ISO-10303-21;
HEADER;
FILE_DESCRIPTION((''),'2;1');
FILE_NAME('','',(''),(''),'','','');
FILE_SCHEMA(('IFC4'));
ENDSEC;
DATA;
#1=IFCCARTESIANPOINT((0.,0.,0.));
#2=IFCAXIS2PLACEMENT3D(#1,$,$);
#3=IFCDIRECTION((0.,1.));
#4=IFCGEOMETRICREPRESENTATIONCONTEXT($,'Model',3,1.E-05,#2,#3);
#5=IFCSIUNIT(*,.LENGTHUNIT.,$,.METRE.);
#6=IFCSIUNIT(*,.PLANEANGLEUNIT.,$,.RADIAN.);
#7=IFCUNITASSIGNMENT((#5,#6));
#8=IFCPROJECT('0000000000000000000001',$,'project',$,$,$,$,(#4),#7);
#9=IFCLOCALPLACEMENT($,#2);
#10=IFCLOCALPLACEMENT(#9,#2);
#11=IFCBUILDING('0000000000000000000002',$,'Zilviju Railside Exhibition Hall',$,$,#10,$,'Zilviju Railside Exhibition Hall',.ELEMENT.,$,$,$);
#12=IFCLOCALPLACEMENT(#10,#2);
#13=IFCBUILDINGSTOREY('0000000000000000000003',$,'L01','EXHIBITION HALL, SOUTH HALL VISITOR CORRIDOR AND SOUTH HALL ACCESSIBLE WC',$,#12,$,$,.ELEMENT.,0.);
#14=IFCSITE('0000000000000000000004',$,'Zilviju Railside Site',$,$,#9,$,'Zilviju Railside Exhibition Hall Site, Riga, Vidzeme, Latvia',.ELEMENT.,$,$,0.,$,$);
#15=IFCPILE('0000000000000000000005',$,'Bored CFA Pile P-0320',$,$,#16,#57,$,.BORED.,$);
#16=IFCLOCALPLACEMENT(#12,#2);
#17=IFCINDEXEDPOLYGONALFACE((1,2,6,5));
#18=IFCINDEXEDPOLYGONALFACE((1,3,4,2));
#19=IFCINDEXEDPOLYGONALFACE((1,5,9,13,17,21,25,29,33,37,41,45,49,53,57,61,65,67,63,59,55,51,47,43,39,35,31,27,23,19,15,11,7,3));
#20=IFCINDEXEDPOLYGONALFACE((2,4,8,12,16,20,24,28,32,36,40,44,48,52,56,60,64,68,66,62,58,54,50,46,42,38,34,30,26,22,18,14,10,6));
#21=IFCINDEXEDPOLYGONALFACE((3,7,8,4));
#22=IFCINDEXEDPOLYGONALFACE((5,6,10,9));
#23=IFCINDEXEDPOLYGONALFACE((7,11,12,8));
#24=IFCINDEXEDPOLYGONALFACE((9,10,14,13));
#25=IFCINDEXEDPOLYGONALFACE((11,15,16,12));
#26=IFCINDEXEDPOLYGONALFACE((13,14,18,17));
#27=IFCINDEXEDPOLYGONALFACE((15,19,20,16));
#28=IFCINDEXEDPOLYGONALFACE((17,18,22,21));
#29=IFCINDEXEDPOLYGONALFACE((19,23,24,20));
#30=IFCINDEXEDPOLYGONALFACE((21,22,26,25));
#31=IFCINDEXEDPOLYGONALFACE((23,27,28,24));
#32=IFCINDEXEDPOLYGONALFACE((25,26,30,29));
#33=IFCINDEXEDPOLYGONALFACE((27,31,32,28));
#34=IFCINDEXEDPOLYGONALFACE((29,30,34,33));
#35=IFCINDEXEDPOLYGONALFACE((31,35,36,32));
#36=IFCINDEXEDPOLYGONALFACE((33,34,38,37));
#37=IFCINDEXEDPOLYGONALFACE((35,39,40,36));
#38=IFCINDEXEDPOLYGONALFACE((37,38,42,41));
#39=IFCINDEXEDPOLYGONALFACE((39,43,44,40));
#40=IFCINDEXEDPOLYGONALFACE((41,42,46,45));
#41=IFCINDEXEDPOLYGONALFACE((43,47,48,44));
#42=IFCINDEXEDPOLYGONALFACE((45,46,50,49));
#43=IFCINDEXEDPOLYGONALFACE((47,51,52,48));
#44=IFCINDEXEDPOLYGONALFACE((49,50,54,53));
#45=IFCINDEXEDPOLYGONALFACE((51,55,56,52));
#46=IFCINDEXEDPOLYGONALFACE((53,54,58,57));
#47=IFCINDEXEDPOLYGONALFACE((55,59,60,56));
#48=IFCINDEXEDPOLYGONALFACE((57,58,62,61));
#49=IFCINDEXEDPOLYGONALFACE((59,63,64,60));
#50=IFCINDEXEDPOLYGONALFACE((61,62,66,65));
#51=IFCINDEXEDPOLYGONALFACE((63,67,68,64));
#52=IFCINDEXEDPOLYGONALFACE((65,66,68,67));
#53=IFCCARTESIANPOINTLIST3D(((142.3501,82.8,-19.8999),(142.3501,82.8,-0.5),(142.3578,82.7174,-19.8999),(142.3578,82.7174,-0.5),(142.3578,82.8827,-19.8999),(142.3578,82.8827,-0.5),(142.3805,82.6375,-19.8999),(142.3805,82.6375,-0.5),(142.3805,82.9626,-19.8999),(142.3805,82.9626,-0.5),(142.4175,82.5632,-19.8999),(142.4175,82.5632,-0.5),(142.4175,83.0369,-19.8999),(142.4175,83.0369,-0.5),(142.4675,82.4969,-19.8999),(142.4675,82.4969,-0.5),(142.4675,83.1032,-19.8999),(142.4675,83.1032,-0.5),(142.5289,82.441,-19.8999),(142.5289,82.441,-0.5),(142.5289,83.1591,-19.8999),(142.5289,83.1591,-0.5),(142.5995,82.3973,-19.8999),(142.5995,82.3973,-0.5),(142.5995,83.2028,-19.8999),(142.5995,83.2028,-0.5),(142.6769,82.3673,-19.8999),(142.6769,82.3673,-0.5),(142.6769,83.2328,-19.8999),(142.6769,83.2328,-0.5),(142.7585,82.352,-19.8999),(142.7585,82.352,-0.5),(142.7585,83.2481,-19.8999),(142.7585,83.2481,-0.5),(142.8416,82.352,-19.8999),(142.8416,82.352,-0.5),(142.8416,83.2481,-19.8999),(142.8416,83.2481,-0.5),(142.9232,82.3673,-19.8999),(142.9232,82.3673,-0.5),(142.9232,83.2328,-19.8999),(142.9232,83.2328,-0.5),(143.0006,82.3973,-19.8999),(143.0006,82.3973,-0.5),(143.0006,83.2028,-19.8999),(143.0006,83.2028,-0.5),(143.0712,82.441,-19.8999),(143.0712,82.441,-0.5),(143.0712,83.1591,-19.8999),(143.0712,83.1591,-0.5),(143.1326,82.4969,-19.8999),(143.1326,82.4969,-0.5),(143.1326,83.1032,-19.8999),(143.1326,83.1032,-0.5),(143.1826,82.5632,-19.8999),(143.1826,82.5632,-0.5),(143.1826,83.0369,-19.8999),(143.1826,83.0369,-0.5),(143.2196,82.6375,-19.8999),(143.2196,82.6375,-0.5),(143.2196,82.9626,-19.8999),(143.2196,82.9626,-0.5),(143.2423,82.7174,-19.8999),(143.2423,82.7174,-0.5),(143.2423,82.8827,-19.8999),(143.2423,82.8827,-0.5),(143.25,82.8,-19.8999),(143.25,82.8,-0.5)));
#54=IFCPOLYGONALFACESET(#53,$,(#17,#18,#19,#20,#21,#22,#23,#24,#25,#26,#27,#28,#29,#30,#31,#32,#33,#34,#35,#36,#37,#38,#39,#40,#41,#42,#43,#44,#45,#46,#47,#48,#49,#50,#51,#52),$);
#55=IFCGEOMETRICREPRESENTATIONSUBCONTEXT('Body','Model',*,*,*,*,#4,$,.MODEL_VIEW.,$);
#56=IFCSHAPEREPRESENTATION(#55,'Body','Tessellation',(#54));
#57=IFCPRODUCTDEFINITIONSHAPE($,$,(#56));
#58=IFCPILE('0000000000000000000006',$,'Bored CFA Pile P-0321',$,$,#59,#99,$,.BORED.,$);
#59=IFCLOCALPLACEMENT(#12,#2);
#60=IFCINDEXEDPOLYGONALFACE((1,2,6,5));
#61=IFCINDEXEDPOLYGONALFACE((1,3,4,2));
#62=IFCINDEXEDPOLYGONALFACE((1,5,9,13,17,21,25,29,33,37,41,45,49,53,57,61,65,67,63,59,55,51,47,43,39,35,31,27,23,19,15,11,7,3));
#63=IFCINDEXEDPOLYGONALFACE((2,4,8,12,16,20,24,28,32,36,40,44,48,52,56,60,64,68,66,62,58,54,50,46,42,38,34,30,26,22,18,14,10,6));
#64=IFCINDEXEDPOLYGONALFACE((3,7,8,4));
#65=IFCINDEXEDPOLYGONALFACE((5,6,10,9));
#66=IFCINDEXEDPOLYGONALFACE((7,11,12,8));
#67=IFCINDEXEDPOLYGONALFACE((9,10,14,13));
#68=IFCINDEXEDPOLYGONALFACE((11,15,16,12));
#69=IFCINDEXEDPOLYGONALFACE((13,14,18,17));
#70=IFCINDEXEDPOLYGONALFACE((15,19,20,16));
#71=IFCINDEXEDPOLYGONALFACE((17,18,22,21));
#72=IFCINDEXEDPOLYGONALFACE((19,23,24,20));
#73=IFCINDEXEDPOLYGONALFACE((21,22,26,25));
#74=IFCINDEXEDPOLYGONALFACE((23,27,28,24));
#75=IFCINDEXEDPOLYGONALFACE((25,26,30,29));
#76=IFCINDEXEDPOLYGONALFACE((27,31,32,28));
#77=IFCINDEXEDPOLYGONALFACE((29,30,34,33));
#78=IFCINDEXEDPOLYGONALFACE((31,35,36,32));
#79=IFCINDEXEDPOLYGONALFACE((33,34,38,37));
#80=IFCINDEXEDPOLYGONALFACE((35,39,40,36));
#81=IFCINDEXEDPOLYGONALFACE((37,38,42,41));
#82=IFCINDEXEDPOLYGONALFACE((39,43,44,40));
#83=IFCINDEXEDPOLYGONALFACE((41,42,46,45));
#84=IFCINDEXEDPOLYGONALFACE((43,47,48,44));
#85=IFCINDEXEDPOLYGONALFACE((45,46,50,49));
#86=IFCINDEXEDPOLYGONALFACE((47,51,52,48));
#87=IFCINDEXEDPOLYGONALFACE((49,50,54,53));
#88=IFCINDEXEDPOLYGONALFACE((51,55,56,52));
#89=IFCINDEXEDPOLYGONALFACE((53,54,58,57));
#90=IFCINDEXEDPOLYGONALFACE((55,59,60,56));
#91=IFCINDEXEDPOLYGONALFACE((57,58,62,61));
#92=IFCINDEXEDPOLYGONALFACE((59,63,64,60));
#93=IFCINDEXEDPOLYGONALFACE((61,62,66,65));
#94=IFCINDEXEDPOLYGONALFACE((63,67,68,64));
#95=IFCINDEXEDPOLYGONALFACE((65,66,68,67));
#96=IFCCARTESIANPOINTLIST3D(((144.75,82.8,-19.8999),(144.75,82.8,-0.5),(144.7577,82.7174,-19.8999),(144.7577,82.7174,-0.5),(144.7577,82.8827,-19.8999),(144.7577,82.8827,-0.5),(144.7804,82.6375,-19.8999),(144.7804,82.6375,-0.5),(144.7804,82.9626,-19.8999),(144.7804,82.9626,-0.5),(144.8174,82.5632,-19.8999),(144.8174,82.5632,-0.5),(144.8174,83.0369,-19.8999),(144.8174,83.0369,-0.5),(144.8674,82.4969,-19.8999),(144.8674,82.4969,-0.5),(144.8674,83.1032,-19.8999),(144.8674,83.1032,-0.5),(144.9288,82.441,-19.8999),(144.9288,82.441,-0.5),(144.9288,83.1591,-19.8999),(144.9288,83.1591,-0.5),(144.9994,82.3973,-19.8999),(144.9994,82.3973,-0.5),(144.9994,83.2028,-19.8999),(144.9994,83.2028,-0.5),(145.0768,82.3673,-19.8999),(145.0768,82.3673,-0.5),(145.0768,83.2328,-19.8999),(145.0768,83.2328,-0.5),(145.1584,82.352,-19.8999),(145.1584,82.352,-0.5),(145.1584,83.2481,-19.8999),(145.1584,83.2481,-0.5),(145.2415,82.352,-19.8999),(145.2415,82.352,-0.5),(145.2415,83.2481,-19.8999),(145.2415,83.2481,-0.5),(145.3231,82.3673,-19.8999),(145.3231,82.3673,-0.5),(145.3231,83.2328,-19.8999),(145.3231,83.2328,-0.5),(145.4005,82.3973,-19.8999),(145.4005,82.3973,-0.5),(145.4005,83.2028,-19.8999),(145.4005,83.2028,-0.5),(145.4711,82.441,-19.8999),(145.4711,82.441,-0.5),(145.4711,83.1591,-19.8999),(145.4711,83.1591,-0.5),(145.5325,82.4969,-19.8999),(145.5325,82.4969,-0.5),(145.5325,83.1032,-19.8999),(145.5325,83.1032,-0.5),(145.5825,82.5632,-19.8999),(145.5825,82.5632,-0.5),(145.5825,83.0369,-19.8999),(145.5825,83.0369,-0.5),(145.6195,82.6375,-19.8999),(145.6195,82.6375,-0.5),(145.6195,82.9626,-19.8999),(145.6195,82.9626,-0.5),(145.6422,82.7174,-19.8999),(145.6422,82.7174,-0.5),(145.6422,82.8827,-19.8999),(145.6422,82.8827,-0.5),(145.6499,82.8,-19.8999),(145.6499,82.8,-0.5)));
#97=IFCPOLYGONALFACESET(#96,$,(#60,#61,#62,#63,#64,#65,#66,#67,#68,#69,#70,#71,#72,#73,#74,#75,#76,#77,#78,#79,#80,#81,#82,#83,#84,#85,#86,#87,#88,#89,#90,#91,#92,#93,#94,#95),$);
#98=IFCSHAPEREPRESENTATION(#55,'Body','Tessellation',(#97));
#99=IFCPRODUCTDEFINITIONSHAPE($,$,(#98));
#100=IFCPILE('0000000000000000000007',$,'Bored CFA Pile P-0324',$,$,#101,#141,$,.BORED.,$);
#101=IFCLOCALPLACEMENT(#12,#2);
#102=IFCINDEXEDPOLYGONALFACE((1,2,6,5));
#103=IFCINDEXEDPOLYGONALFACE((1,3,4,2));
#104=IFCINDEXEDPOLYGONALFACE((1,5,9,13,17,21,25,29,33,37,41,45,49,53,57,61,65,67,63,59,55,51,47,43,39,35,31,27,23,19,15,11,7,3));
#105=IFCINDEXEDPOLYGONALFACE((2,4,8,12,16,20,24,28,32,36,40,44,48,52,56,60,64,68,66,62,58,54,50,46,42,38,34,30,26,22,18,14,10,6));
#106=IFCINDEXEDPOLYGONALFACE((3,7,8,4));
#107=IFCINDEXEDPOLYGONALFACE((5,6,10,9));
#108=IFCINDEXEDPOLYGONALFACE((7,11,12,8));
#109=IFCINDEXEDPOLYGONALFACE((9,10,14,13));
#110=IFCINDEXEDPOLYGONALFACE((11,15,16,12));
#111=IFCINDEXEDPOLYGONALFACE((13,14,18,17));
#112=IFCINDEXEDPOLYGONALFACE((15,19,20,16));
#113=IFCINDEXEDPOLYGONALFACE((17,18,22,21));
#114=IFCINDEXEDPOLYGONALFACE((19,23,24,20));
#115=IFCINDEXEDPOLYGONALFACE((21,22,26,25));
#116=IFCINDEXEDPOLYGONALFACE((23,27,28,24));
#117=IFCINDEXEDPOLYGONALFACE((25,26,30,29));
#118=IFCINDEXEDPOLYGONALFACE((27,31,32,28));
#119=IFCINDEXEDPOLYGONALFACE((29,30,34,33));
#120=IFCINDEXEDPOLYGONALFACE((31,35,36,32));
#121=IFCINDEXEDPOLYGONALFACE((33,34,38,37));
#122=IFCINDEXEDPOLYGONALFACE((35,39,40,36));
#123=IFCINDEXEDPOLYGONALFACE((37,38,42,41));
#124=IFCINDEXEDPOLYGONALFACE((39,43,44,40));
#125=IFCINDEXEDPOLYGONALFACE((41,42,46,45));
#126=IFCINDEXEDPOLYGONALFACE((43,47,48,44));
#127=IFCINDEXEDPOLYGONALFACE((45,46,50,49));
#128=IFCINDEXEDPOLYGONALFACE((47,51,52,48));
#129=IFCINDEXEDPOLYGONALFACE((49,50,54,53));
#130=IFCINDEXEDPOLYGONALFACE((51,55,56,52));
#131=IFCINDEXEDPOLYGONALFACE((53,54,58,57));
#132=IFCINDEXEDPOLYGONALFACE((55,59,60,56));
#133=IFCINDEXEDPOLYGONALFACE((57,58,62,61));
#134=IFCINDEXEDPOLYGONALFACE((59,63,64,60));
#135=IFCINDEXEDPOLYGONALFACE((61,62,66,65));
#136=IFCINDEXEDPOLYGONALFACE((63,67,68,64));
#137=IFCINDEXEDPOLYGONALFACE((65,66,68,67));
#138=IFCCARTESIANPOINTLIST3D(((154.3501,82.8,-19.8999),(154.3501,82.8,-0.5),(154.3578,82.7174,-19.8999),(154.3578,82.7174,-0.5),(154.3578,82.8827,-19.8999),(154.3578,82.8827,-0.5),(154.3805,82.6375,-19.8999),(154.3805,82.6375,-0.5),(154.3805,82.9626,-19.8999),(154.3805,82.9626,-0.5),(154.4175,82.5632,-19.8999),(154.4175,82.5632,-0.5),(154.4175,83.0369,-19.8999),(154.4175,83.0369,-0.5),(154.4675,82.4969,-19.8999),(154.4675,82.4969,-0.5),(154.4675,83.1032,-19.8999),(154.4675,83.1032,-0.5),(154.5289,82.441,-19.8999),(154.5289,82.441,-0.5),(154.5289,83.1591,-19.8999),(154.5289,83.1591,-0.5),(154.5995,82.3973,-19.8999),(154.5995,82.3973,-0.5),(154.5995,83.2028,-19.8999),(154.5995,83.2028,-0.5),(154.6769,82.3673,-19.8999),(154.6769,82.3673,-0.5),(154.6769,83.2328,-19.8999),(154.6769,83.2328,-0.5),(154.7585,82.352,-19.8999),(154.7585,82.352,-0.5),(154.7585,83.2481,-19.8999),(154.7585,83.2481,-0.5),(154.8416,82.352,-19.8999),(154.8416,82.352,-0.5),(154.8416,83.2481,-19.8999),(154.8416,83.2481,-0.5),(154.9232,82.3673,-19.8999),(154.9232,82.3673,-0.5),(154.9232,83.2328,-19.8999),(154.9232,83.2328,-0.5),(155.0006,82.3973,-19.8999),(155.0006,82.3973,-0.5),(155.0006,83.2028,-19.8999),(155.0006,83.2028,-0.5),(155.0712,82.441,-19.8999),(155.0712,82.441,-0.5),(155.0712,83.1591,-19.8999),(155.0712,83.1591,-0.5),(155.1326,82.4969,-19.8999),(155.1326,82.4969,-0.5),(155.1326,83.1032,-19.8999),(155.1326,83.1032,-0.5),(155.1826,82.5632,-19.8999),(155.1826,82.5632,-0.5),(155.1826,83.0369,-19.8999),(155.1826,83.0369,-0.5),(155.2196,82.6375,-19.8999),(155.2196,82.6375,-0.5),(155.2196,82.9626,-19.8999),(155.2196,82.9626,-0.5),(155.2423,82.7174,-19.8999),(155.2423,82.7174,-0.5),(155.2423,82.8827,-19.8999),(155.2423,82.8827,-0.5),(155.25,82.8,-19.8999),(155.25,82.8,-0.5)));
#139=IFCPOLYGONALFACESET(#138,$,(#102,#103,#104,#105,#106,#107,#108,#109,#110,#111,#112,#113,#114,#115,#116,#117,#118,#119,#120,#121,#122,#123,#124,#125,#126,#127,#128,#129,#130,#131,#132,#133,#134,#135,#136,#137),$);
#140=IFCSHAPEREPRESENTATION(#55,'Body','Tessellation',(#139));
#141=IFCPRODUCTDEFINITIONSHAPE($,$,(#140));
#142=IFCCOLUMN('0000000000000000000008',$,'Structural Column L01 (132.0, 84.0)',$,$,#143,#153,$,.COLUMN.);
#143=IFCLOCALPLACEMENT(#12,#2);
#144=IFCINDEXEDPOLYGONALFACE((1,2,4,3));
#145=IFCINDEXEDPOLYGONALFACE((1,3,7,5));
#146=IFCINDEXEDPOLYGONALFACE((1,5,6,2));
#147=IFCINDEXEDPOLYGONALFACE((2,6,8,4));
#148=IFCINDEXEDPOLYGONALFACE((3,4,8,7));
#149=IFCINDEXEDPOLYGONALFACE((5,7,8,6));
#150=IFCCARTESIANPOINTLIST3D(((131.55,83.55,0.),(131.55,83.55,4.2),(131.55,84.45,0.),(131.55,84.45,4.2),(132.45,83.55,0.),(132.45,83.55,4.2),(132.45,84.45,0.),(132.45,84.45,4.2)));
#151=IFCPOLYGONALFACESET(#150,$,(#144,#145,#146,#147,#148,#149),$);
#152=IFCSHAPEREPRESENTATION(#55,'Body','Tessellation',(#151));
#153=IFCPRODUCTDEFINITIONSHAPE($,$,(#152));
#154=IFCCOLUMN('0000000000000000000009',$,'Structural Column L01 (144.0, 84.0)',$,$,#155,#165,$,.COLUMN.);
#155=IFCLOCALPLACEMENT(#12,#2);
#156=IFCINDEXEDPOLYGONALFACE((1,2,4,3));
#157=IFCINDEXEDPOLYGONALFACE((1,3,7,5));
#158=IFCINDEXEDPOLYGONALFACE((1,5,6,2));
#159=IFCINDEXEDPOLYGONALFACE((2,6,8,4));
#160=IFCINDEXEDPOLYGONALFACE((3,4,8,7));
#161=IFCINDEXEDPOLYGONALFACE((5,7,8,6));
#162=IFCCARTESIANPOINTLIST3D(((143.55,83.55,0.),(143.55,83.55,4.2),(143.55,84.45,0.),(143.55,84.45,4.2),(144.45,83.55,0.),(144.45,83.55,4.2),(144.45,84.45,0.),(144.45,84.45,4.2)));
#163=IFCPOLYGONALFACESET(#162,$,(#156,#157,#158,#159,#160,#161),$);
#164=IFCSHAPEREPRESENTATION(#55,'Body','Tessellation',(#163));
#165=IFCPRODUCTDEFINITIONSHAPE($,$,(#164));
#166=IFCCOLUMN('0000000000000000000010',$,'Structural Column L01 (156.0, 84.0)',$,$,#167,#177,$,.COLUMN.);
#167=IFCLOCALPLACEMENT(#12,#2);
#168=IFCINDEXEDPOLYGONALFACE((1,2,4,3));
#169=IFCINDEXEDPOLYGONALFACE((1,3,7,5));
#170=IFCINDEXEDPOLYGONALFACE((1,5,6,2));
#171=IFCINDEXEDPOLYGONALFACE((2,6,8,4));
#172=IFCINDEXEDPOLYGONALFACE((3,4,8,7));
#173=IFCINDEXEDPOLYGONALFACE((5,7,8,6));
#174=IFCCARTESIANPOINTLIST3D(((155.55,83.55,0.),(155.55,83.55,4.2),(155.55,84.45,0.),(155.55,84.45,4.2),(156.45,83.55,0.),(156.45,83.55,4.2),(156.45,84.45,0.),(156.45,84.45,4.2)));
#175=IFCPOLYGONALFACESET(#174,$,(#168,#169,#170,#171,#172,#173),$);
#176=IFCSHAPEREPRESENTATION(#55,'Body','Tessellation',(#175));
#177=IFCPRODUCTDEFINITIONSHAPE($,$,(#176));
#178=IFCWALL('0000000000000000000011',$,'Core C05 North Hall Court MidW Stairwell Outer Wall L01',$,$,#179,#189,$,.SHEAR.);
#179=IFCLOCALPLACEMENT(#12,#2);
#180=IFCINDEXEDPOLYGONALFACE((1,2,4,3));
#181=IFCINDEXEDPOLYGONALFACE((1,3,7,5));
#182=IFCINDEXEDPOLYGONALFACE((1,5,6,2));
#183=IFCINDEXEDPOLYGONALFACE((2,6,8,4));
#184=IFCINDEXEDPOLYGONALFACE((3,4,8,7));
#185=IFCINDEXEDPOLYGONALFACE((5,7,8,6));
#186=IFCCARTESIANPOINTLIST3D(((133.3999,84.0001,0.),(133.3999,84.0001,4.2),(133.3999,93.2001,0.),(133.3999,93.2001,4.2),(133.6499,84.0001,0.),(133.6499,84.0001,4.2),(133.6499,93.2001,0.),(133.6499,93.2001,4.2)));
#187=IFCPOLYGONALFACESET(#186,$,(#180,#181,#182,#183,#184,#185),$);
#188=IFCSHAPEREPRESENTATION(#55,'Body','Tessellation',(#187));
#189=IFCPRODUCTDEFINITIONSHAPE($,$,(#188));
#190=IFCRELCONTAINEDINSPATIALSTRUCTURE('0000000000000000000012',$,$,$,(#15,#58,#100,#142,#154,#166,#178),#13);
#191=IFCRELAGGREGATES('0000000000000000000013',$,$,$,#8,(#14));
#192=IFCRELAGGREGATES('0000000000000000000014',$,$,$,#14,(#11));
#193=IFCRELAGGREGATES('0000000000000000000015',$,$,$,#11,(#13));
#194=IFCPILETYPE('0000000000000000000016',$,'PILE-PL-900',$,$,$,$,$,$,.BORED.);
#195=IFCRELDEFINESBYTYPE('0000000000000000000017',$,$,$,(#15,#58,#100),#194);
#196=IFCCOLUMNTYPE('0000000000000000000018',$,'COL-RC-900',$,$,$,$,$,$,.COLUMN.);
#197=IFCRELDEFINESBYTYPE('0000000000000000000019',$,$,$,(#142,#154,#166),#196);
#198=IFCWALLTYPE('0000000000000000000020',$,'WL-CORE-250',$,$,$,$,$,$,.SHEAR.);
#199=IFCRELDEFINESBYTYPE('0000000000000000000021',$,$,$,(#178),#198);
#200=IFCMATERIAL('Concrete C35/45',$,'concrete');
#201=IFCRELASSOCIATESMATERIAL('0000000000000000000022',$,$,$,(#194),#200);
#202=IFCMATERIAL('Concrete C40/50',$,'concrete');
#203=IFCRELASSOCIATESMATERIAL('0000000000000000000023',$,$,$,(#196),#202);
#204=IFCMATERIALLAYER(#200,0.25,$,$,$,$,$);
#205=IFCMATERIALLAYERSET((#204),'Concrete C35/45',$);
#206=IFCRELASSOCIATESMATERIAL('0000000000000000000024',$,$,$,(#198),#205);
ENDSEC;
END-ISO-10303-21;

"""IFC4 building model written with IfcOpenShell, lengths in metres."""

from ifc_helpers import new_model, si_unit, direction, frame, frame_2d, origin, origin_2d, place, context, subcontext, project, spatial, rectangle, circle, extrude, material, layer, layer_set, material_profile, profile_set, type_object, element, save


model = new_model("IFC4")

# Units and contexts
model_context = context("Model", 3, precision=1e-05, world=origin(), true_north=direction((0.0, 1.0)))
body_context = subcontext(model_context, "Body", "Model", "MODEL_VIEW")
ifc_project = project(units=[si_unit("LENGTHUNIT", "METRE"), si_unit("PLANEANGLEUNIT", "RADIAN")], contexts=[model_context])

# Site, building, storey
site_placement = place(None, origin())
site = spatial("IfcSite", under=ifc_project, at=site_placement, Name="Zilviju Railside Site", LongName="Zilviju Railside Exhibition Hall Site, Riga, Vidzeme, Latvia", CompositionType="ELEMENT", RefElevation=0.0)
building_placement = place(site_placement, origin())
building = spatial("IfcBuilding", under=site, at=building_placement, Name="Zilviju Railside Exhibition Hall", LongName="Zilviju Railside Exhibition Hall", CompositionType="ELEMENT")
storey_placement = place(building_placement, origin())
storey = spatial("IfcBuildingStorey", under=building, at=storey_placement, Name="L01", Description="EXHIBITION HALL, SOUTH HALL VISITOR CORRIDOR AND SOUTH HALL ACCESSIBLE WC", CompositionType="ELEMENT", Elevation=0.0)

# Shared definitions
ifc_material_1 = material(Name="Concrete C35/45", Category="concrete")
ifc_material_2 = material(Name="Concrete C40/50", Category="concrete")

# Piles
ifc_material_profile_1 = material_profile(ifc_material_1, circle(Radius=0.45, at=origin_2d()), Name="CFA PILE D900")
ifc_profile_set_1 = profile_set([ifc_material_profile_1], Name="Concrete C35/45")
pile_type = type_object("IfcPileType", Name="PILE-PL-900", PredefinedType="BORED", material=ifc_profile_set_1)
for number, where, z_axis, x_axis, name in (
    (1, (142.8, 82.8, -0.5), (0.0, 0.0, -1.0), (1.0, 0.0, 0.0), "Bored CFA Pile P-0320"),
    (2, (145.2, 82.8, -0.5), (0.0, 0.0, -1.0), (1.0, 0.0, 0.0), "Bored CFA Pile P-0321"),
    (3, (154.8, 82.8, -0.5), (0.0, 0.0, -1.0), (1.0, 0.0, 0.0), "Bored CFA Pile P-0324"),
):
    element("IfcPile", number, at=place(storey_placement, frame(where, z_axis=z_axis, x_axis=x_axis)), inside=storey, type_object=pile_type, Name=name, PredefinedType="BORED", context=body_context, shape_type="SweptSolid", body=[
        extrude(circle(Radius=0.45, at=origin_2d()), origin(), (0.0, 0.0, 1.0), 19.3999),
    ])

# Columns
ifc_material_profile_2 = material_profile(ifc_material_2, rectangle(XDim=0.8999, YDim=0.8999, at=origin_2d()), Name="RC COL 900x900")
ifc_profile_set_2 = profile_set([ifc_material_profile_2], Name="Concrete C40/50")
column_type = type_object("IfcColumnType", Name="COL-RC-900", PredefinedType="COLUMN", material=ifc_profile_set_2)
for number, where, z_axis, x_axis, name in (
    (4, (132.0, 84.0, 0.0), (0.0, 0.0, 1.0), (1.0, 0.0, 0.0), "Structural Column L01 (132.0, 84.0)"),
    (5, (144.0, 84.0, 0.0), (0.0, 0.0, 1.0), (1.0, 0.0, 0.0), "Structural Column L01 (144.0, 84.0)"),
    (6, (156.0, 84.0, 0.0), (0.0, 0.0, 1.0), (1.0, 0.0, 0.0), "Structural Column L01 (156.0, 84.0)"),
):
    element("IfcColumn", number, at=place(storey_placement, frame(where, z_axis=z_axis, x_axis=x_axis)), inside=storey, type_object=column_type, Name=name, PredefinedType="COLUMN", context=body_context, shape_type="SweptSolid", body=[
        extrude(rectangle(XDim=0.8999, YDim=0.8999, at=origin_2d()), origin(), (0.0, 0.0, 1.0), 4.2),
    ])

# Wall
ifc_layer_1 = layer(ifc_material_1, 0.25)
ifc_layer_set_1 = layer_set([ifc_layer_1], Name="Concrete C35/45")
wall_type_1 = type_object("IfcWallType", Name="WL-CORE-250", PredefinedType="SHEAR", material=ifc_layer_set_1)
wall_1_placement = place(storey_placement, frame((133.5249, 84.0, 0.0), z_axis=(0.0, 0.0, 1.0), x_axis=(0.0, 1.0, 0.0)))
element("IfcWall", 7, at=wall_1_placement, inside=storey, type_object=wall_type_1, Name="Core C05 North Hall Court MidW Stairwell Outer Wall L01", PredefinedType="SHEAR", context=body_context, shape_type="SweptSolid", body=[
    extrude(rectangle(XDim=9.2, YDim=0.25, at=frame_2d((4.6001, 0.0))), origin(), (0.0, 0.0, 1.0), 4.2),
])

save(model, "model.ifc")
